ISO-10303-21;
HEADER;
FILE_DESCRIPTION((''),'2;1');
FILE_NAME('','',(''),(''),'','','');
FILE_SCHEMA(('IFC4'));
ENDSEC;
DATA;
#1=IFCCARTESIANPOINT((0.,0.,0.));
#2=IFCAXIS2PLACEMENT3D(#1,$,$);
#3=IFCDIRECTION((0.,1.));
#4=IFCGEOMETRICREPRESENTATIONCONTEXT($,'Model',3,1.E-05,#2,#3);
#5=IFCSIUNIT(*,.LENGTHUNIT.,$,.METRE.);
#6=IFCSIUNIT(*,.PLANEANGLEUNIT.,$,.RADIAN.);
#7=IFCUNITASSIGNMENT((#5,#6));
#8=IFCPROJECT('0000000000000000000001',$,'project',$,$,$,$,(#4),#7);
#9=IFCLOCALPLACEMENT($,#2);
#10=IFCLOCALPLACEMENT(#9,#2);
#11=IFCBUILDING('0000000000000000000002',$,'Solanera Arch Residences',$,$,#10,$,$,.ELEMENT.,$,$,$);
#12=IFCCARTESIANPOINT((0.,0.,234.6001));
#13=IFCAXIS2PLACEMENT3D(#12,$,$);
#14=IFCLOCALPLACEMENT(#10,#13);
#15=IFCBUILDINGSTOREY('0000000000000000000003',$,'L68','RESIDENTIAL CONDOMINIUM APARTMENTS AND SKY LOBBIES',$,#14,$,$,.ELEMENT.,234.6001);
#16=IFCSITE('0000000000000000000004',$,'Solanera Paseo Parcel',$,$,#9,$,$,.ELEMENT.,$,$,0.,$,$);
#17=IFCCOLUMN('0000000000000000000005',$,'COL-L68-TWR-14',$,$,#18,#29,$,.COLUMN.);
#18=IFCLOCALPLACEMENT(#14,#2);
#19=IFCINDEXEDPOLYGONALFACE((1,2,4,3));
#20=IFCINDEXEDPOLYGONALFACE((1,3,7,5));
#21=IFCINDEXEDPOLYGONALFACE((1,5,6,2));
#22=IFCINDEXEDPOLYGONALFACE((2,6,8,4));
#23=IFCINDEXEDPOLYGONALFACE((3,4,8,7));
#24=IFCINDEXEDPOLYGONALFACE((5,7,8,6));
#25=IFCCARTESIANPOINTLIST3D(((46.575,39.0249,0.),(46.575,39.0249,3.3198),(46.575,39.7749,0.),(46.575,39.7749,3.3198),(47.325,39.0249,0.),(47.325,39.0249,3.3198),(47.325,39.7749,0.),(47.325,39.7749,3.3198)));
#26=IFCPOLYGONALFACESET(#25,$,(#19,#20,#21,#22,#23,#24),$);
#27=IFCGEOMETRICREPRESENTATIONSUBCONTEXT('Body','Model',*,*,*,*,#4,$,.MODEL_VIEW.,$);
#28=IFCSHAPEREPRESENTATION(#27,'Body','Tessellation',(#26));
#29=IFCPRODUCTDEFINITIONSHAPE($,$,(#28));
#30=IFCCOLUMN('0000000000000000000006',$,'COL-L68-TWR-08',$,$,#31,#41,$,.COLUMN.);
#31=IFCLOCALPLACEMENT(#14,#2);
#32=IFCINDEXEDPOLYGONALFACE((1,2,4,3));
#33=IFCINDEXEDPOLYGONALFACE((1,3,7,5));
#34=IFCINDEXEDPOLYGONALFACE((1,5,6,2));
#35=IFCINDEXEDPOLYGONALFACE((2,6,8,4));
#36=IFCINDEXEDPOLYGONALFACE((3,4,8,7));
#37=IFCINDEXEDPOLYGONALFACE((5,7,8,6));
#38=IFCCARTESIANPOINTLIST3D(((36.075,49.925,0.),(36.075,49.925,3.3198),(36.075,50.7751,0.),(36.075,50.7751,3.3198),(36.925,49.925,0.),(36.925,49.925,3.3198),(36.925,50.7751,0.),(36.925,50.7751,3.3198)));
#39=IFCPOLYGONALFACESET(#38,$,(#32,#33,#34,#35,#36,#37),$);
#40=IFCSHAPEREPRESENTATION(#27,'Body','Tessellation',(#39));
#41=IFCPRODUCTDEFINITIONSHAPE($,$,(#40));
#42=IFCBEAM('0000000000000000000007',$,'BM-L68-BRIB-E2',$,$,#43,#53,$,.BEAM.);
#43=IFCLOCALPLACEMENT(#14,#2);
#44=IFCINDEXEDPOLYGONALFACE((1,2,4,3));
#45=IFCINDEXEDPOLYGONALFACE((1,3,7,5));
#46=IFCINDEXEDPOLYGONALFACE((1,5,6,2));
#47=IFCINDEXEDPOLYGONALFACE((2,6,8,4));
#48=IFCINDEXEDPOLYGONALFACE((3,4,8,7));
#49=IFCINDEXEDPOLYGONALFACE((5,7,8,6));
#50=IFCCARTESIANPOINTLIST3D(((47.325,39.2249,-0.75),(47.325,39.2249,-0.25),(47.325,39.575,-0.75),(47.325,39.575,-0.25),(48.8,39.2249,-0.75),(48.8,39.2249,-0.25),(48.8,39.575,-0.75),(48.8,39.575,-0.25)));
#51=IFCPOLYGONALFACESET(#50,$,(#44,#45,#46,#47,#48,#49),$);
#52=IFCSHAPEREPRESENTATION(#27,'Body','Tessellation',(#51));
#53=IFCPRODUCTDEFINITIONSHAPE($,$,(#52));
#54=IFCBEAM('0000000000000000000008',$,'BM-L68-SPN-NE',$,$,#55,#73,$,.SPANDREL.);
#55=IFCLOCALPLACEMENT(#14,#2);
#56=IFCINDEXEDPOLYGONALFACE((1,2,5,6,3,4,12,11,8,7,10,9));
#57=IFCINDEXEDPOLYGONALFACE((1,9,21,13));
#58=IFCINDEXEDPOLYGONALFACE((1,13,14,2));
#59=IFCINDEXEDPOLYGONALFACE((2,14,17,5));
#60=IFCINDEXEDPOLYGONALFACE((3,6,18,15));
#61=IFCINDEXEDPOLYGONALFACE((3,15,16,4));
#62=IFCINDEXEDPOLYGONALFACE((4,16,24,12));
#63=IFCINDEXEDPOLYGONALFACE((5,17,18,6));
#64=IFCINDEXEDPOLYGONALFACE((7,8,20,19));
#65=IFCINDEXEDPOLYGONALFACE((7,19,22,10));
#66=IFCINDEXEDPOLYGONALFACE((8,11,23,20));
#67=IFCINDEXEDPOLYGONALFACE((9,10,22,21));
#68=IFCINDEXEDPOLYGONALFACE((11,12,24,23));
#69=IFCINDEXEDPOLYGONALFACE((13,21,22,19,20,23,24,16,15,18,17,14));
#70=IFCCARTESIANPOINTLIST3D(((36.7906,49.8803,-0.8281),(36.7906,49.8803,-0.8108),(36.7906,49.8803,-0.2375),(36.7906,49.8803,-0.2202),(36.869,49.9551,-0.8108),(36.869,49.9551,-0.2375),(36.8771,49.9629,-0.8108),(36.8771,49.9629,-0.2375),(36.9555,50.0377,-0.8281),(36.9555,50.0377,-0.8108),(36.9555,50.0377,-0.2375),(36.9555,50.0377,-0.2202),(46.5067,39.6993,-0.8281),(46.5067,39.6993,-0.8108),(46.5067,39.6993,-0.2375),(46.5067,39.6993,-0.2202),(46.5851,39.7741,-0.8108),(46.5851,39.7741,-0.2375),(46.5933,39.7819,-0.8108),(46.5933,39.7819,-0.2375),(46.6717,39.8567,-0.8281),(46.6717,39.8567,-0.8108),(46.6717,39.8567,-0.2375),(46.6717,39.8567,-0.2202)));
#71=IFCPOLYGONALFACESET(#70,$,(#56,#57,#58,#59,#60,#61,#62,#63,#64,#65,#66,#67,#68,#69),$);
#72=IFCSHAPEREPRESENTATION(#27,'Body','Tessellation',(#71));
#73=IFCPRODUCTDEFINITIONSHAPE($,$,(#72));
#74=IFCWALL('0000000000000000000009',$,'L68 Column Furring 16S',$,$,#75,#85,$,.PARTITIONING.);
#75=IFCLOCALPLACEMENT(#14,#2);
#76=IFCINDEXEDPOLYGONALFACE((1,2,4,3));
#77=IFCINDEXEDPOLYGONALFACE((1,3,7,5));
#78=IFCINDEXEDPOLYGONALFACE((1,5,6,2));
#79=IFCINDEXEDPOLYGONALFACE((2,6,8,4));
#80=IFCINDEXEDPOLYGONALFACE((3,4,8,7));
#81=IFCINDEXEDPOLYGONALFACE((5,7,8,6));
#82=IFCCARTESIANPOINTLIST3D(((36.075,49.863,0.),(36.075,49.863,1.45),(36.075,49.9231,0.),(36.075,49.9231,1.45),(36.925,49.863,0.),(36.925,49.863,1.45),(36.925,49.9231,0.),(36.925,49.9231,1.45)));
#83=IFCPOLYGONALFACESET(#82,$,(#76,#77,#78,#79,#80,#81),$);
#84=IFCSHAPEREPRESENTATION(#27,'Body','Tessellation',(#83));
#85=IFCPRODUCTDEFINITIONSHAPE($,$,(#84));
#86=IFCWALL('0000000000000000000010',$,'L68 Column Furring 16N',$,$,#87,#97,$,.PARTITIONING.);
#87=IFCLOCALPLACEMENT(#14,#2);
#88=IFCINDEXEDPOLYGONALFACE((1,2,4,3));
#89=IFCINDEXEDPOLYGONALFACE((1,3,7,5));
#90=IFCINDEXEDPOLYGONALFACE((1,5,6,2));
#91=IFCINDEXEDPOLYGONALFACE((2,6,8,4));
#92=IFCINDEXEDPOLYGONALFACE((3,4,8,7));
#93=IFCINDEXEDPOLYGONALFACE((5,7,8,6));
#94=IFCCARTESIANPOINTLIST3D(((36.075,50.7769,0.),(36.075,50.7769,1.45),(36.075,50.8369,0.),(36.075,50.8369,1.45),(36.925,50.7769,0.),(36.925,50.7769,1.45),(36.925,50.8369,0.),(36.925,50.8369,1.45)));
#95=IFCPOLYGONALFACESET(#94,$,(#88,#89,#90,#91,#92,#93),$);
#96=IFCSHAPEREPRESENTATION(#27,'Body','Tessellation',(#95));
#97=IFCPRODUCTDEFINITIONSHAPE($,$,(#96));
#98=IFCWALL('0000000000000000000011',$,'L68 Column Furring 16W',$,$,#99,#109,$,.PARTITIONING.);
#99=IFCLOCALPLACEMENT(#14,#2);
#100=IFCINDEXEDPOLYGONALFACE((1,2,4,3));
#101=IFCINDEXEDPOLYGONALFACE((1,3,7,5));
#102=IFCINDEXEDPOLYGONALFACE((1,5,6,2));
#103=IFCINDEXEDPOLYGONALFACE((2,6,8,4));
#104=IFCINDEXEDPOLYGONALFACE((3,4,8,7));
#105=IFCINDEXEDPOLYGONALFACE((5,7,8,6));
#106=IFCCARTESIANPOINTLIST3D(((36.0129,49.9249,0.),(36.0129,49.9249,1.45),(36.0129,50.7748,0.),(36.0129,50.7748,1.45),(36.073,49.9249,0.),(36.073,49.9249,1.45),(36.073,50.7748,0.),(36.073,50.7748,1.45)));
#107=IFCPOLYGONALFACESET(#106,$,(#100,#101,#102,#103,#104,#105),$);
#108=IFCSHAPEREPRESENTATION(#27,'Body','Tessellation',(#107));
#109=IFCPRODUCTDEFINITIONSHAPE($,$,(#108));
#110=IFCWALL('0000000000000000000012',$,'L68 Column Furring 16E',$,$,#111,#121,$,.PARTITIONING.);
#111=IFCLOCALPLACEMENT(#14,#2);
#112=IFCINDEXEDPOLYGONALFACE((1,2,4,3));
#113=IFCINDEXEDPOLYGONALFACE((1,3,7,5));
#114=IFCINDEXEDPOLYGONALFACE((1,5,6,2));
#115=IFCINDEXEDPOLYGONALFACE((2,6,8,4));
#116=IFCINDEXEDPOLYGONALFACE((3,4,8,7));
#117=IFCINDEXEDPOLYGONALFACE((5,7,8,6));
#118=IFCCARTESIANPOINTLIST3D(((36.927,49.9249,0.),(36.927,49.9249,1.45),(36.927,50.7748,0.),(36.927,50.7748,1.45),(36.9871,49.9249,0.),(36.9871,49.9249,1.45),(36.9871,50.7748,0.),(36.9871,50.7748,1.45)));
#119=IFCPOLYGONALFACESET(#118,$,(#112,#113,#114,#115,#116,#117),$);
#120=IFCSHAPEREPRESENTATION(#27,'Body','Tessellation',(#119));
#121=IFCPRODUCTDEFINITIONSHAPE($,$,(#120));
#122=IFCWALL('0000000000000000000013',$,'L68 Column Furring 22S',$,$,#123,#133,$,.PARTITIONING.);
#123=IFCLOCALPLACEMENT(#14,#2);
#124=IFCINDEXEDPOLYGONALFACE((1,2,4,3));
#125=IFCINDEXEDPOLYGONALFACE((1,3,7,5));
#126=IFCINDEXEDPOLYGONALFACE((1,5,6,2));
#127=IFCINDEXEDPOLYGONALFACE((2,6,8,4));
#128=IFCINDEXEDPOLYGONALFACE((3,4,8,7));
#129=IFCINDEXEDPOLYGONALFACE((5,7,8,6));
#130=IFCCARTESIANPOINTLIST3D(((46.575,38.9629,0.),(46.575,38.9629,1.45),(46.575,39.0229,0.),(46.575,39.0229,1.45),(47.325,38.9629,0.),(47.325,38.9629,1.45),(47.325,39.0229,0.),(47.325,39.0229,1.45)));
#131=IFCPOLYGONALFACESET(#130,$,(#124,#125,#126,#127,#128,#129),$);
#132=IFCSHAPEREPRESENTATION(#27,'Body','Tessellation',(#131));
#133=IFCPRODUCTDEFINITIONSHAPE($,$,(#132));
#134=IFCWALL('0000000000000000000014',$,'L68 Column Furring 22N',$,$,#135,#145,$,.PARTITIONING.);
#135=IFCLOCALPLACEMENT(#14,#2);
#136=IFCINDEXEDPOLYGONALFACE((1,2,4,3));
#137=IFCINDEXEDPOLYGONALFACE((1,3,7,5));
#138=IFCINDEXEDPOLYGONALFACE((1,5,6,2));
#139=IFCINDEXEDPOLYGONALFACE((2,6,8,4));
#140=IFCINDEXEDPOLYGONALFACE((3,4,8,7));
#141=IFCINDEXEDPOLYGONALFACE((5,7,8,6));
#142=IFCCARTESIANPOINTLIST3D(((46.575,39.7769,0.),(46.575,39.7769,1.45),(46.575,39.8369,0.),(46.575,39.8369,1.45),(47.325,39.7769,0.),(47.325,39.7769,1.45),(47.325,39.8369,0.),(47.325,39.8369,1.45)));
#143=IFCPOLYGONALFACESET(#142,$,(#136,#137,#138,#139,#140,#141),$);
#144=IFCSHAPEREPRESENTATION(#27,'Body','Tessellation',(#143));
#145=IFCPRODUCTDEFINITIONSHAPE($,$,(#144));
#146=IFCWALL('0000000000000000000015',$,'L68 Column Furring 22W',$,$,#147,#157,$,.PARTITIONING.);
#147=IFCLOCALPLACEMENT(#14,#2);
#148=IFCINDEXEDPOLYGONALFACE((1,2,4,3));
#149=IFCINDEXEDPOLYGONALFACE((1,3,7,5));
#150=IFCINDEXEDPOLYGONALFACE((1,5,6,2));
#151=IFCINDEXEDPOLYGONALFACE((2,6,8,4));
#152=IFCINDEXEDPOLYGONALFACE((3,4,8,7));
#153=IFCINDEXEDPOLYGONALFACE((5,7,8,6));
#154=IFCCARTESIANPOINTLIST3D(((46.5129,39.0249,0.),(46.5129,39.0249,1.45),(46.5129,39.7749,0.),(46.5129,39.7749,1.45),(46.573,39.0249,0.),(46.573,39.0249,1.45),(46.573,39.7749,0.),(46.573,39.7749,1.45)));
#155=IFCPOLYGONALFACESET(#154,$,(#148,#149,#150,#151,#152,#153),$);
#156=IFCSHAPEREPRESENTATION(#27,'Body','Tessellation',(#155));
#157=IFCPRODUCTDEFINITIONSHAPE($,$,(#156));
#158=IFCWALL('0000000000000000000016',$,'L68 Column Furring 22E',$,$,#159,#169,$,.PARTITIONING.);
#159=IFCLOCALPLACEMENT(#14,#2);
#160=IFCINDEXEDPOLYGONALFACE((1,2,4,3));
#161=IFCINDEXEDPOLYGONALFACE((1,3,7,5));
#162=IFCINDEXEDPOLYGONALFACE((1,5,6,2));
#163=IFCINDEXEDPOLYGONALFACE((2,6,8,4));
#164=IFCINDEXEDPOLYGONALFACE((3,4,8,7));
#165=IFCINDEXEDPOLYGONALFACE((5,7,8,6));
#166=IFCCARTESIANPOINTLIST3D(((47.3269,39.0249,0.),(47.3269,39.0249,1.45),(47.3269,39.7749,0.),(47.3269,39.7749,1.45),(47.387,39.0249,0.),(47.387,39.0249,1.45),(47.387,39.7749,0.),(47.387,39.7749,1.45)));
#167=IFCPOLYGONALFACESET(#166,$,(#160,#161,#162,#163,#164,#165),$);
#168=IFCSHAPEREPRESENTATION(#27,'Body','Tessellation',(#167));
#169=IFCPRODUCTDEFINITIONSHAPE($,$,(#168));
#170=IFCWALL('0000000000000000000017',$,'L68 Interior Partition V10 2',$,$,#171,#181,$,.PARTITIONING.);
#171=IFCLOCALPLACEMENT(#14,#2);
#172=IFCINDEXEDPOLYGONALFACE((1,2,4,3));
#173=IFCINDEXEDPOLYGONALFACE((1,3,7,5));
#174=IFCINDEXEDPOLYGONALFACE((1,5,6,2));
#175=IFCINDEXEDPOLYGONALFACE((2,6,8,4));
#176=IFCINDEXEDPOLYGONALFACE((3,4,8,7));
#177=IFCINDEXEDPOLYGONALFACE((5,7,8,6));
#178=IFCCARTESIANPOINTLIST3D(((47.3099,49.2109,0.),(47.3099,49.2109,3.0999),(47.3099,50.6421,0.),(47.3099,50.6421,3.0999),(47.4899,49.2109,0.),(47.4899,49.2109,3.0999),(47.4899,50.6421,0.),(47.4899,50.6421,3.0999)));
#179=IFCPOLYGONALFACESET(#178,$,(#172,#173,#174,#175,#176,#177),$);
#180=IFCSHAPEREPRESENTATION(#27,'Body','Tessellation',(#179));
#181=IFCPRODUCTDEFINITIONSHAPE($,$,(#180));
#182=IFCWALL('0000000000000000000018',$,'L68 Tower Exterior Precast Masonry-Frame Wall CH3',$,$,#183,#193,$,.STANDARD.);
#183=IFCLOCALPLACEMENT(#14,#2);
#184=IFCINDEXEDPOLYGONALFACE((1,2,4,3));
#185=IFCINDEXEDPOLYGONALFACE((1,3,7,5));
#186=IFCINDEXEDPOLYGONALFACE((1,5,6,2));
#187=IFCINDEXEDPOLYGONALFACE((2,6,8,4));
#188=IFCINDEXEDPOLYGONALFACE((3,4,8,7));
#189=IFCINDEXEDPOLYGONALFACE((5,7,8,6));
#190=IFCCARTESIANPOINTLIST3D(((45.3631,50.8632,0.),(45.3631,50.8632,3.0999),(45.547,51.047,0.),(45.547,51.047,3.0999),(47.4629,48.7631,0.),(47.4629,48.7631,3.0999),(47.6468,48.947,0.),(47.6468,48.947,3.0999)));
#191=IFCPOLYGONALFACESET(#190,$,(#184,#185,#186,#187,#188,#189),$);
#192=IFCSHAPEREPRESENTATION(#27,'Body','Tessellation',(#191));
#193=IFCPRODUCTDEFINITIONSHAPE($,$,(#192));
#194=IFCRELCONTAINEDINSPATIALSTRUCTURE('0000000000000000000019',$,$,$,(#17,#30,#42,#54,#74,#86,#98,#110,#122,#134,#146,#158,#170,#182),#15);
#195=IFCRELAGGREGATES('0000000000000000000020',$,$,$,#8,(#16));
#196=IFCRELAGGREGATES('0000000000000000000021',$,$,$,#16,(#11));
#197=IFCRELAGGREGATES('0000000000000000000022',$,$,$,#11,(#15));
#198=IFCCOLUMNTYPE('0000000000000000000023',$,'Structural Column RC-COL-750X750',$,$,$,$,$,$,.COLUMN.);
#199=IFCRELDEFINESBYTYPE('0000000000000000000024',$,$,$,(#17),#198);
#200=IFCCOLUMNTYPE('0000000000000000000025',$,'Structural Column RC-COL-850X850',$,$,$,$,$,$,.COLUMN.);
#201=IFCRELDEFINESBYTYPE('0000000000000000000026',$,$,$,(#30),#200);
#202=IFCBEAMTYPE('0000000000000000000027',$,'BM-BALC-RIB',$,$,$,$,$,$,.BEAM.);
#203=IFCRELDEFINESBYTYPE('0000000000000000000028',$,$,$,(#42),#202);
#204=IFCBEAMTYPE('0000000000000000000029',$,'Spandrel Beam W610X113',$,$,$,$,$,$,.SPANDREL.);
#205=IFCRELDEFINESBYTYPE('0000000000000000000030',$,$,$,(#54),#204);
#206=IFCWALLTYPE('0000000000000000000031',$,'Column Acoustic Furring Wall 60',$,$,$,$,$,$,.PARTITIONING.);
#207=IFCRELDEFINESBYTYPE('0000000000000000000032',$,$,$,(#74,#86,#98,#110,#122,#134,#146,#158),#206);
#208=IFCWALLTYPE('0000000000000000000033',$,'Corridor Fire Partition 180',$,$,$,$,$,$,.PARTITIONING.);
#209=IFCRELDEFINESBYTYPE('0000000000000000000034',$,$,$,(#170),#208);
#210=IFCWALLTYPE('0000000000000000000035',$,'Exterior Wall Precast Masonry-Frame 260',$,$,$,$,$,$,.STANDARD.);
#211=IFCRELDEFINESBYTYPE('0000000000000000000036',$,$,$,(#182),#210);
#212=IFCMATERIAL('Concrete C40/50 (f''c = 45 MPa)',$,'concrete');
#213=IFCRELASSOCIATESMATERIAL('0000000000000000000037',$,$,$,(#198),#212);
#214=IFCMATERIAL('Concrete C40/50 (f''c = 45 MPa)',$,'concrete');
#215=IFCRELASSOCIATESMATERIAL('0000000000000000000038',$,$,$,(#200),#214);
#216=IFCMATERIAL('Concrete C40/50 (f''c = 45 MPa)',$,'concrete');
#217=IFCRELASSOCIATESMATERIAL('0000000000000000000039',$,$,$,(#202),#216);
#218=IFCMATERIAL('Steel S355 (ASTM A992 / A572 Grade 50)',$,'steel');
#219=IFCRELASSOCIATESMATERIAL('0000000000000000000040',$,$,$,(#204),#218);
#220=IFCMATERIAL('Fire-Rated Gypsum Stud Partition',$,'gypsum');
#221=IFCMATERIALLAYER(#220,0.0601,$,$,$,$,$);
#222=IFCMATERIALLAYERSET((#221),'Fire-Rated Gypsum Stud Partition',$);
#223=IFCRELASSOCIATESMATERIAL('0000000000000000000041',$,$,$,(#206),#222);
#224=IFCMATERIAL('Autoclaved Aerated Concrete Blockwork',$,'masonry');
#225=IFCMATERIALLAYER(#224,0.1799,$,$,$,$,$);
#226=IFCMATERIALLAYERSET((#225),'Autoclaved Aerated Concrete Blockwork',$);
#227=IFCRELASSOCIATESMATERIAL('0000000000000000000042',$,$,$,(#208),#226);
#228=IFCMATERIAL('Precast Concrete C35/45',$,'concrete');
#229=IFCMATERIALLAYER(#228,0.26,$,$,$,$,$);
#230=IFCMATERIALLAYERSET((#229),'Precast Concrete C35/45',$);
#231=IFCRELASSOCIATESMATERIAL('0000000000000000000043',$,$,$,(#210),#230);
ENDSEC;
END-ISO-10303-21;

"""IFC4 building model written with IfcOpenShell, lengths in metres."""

from ifc_helpers import new_model, si_unit, direction, frame, frame_2d, origin, origin_2d, place, context, subcontext, project, spatial, rectangle, i_section, extrude, material, layer, layer_set, material_profile, profile_set, type_object, element, save


model = new_model("IFC4")

# Units and contexts
model_context = context("Model", 3, precision=1e-05, world=origin(), true_north=direction((0.0, 1.0)))
body_context = subcontext(model_context, "Body", "Model", "MODEL_VIEW")
ifc_project = project(units=[si_unit("LENGTHUNIT", "METRE"), si_unit("PLANEANGLEUNIT", "RADIAN")], contexts=[model_context])

# Site, building, storey
site_placement = place(None, origin())
site = spatial("IfcSite", under=ifc_project, at=site_placement, Name="Solanera Paseo Parcel", CompositionType="ELEMENT", RefElevation=0.0)
building_placement = place(site_placement, origin())
building = spatial("IfcBuilding", under=site, at=building_placement, Name="Solanera Arch Residences", CompositionType="ELEMENT")
storey_placement = place(building_placement, frame((0.0, 0.0, 234.6001)))
storey = spatial("IfcBuildingStorey", under=building, at=storey_placement, Name="L68", Description="RESIDENTIAL CONDOMINIUM APARTMENTS AND SKY LOBBIES", CompositionType="ELEMENT", Elevation=234.6001)

# Columns
ifc_material_1 = material(Name="Concrete C40/50 (f'c = 45 MPa)", Category="concrete")
ifc_material_profile_1 = material_profile(ifc_material_1, rectangle(XDim=0.75, YDim=0.75, at=origin_2d()))
ifc_profile_set_1 = profile_set([ifc_material_profile_1], Name="Concrete C40/50 (f'c = 45 MPa)")
column_type_1 = type_object("IfcColumnType", Name="Structural Column RC-COL-750X750", PredefinedType="COLUMN", material=ifc_profile_set_1)
column_1_placement = place(storey_placement, frame((46.95, 39.3999, 0.0), z_axis=(0.0, 0.0, 1.0), x_axis=(1.0, 0.0, 0.0)))
element("IfcColumn", 1, at=column_1_placement, inside=storey, type_object=column_type_1, Name="COL-L68-TWR-14", PredefinedType="COLUMN", context=body_context, shape_type="SweptSolid", body=[
    extrude(rectangle(XDim=0.75, YDim=0.75, at=origin_2d()), origin(), (0.0, 0.0, 1.0), 3.3198),
])
ifc_material_2 = material(Name="Concrete C40/50 (f'c = 45 MPa)", Category="concrete")
ifc_material_profile_2 = material_profile(ifc_material_2, rectangle(XDim=0.8501, YDim=0.8501, at=origin_2d()))
ifc_profile_set_2 = profile_set([ifc_material_profile_2], Name="Concrete C40/50 (f'c = 45 MPa)")
column_type_2 = type_object("IfcColumnType", Name="Structural Column RC-COL-850X850", PredefinedType="COLUMN", material=ifc_profile_set_2)
column_2_placement = place(storey_placement, frame((36.5, 50.3501, 0.0), z_axis=(0.0, 0.0, 1.0), x_axis=(1.0, 0.0, 0.0)))
element("IfcColumn", 2, at=column_2_placement, inside=storey, type_object=column_type_2, Name="COL-L68-TWR-08", PredefinedType="COLUMN", context=body_context, shape_type="SweptSolid", body=[
    extrude(rectangle(XDim=0.8501, YDim=0.8501, at=origin_2d()), origin(), (0.0, 0.0, 1.0), 3.3198),
])

# Beams
ifc_material_3 = material(Name="Concrete C40/50 (f'c = 45 MPa)", Category="concrete")
ifc_material_profile_3 = material_profile(ifc_material_3, rectangle(XDim=0.3501, YDim=0.5, at=origin_2d()))
ifc_profile_set_3 = profile_set([ifc_material_profile_3], Name="Concrete C40/50 (f'c = 45 MPa)")
beam_type_1 = type_object("IfcBeamType", Name="BM-BALC-RIB", PredefinedType="BEAM", material=ifc_profile_set_3)
beam_1_placement = place(storey_placement, frame((47.325, 39.3999, -0.5), z_axis=(1.0, 0.0, 0.0), x_axis=(0.0, 1.0, 0.0)))
element("IfcBeam", 3, at=beam_1_placement, inside=storey, type_object=beam_type_1, Name="BM-L68-BRIB-E2", PredefinedType="BEAM", context=body_context, shape_type="SweptSolid", body=[
    extrude(rectangle(XDim=0.3501, YDim=0.5, at=origin_2d()), origin(), (0.0, 0.0, 1.0), 1.4751),
])
ifc_material_4 = material(Name="Steel S355 (ASTM A992 / A572 Grade 50)", Category="steel")
ifc_material_profile_4 = material_profile(ifc_material_4, i_section(OverallWidth=0.228, OverallDepth=0.6079, WebThickness=0.0112, FlangeThickness=0.0173, at=origin_2d()))
ifc_profile_set_4 = profile_set([ifc_material_profile_4], Name="Steel S355 (ASTM A992 / A572 Grade 50)")
beam_type_2 = type_object("IfcBeamType", Name="Spandrel Beam W610X113", PredefinedType="SPANDREL", material=ifc_profile_set_4)
beam_2_placement = place(storey_placement, frame((36.873, 49.959, -0.5242), z_axis=(0.690399, -0.723429, 0.0), x_axis=(0.723429, 0.690399, 0.0)))
element("IfcBeam", 4, at=beam_2_placement, inside=storey, type_object=beam_type_2, Name="BM-L68-SPN-NE", PredefinedType="SPANDREL", context=body_context, shape_type="SweptSolid", body=[
    extrude(i_section(OverallWidth=0.228, OverallDepth=0.6079, WebThickness=0.0112, FlangeThickness=0.0173, at=origin_2d()), origin(), (0.0, 0.0, 1.0), 14.0732),
])

# Walls
ifc_material_5 = material(Name="Fire-Rated Gypsum Stud Partition", Category="gypsum")
ifc_layer_1 = layer(ifc_material_5, 0.0601)
ifc_layer_set_1 = layer_set([ifc_layer_1], Name="Fire-Rated Gypsum Stud Partition")
wall_type_1 = type_object("IfcWallType", Name="Column Acoustic Furring Wall 60", PredefinedType="PARTITIONING", material=ifc_layer_set_1)
for number, where, z_axis, x_axis, name in (
    (5, (36.075, 49.8931, 0.0), (0.0, 0.0, 1.0), (1.0, 0.0, 0.0), "L68 Column Furring 16S"),
    (6, (36.075, 50.8069, 0.0), (0.0, 0.0, 1.0), (1.0, 0.0, 0.0), "L68 Column Furring 16N"),
):
    element("IfcWall", number, at=place(storey_placement, frame(where, z_axis=z_axis, x_axis=x_axis)), inside=storey, type_object=wall_type_1, Name=name, PredefinedType="PARTITIONING", context=body_context, shape_type="SweptSolid", body=[
        extrude(rectangle(XDim=0.8501, YDim=0.0601, at=frame_2d((0.425, 0.0))), origin(), (0.0, 0.0, 1.0), 1.45),
    ])
for number, where, z_axis, x_axis, name in (
    (7, (36.043, 49.925, 0.0), (0.0, 0.0, 1.0), (0.0, 1.0, 0.0), "L68 Column Furring 16W"),
    (8, (36.957, 49.925, 0.0), (0.0, 0.0, 1.0), (0.0, 1.0, 0.0), "L68 Column Furring 16E"),
):
    element("IfcWall", number, at=place(storey_placement, frame(where, z_axis=z_axis, x_axis=x_axis)), inside=storey, type_object=wall_type_1, Name=name, PredefinedType="PARTITIONING", context=body_context, shape_type="SweptSolid", body=[
        extrude(rectangle(XDim=0.8499, YDim=0.0601, at=frame_2d((0.4248, 0.0))), origin(), (0.0, 0.0, 1.0), 1.45),
    ])
for number, where, z_axis, x_axis, name in (
    (9, (46.575, 38.9929, 0.0), (0.0, 0.0, 1.0), (1.0, 0.0, 0.0), "L68 Column Furring 22S"),
    (10, (46.575, 39.8069, 0.0), (0.0, 0.0, 1.0), (1.0, 0.0, 0.0), "L68 Column Furring 22N"),
    (11, (46.543, 39.0249, 0.0), (0.0, 0.0, 1.0), (0.0, 1.0, 0.0), "L68 Column Furring 22W"),
    (12, (47.3569, 39.0249, 0.0), (0.0, 0.0, 1.0), (0.0, 1.0, 0.0), "L68 Column Furring 22E"),
):
    element("IfcWall", number, at=place(storey_placement, frame(where, z_axis=z_axis, x_axis=x_axis)), inside=storey, type_object=wall_type_1, Name=name, PredefinedType="PARTITIONING", context=body_context, shape_type="SweptSolid", body=[
        extrude(rectangle(XDim=0.75, YDim=0.0601, at=frame_2d((0.375, 0.0))), origin(), (0.0, 0.0, 1.0), 1.45),
    ])
ifc_material_6 = material(Name="Autoclaved Aerated Concrete Blockwork", Category="masonry")
ifc_layer_2 = layer(ifc_material_6, 0.1799)
ifc_layer_set_2 = layer_set([ifc_layer_2], Name="Autoclaved Aerated Concrete Blockwork")
wall_type_2 = type_object("IfcWallType", Name="Corridor Fire Partition 180", PredefinedType="PARTITIONING", material=ifc_layer_set_2)
wall_1_placement = place(storey_placement, frame((47.3999, 49.2109, 0.0), z_axis=(0.0, 0.0, 1.0), x_axis=(0.0, 1.0, 0.0)))
element("IfcWall", 13, at=wall_1_placement, inside=storey, type_object=wall_type_2, Name="L68 Interior Partition V10 2", PredefinedType="PARTITIONING", context=body_context, shape_type="SweptSolid", body=[
    extrude(rectangle(XDim=1.4312, YDim=0.1799, at=frame_2d((0.7156, 0.0))), origin(), (0.0, 0.0, 1.0), 3.0999),
])
ifc_material_7 = material(Name="Precast Concrete C35/45", Category="concrete")
ifc_layer_3 = layer(ifc_material_7, 0.26)
ifc_layer_set_3 = layer_set([ifc_layer_3], Name="Precast Concrete C35/45")
wall_type_3 = type_object("IfcWallType", Name="Exterior Wall Precast Masonry-Frame 260", PredefinedType="STANDARD", material=ifc_layer_set_3)
wall_2_placement = place(storey_placement, frame((45.4551, 50.9551, 0.0), z_axis=(0.0, 0.0, 1.0), x_axis=(0.707066, -0.707148, 0.0)))
element("IfcWall", 14, at=wall_2_placement, inside=storey, type_object=wall_type_3, Name="L68 Tower Exterior Precast Masonry-Frame Wall CH3", PredefinedType="STANDARD", context=body_context, shape_type="SweptSolid", body=[
    extrude(rectangle(XDim=2.9697, YDim=0.26, at=frame_2d((1.4849, 0.0))), origin(), (0.0, 0.0, 1.0), 3.0999),
])

save(model, "model.ifc")
